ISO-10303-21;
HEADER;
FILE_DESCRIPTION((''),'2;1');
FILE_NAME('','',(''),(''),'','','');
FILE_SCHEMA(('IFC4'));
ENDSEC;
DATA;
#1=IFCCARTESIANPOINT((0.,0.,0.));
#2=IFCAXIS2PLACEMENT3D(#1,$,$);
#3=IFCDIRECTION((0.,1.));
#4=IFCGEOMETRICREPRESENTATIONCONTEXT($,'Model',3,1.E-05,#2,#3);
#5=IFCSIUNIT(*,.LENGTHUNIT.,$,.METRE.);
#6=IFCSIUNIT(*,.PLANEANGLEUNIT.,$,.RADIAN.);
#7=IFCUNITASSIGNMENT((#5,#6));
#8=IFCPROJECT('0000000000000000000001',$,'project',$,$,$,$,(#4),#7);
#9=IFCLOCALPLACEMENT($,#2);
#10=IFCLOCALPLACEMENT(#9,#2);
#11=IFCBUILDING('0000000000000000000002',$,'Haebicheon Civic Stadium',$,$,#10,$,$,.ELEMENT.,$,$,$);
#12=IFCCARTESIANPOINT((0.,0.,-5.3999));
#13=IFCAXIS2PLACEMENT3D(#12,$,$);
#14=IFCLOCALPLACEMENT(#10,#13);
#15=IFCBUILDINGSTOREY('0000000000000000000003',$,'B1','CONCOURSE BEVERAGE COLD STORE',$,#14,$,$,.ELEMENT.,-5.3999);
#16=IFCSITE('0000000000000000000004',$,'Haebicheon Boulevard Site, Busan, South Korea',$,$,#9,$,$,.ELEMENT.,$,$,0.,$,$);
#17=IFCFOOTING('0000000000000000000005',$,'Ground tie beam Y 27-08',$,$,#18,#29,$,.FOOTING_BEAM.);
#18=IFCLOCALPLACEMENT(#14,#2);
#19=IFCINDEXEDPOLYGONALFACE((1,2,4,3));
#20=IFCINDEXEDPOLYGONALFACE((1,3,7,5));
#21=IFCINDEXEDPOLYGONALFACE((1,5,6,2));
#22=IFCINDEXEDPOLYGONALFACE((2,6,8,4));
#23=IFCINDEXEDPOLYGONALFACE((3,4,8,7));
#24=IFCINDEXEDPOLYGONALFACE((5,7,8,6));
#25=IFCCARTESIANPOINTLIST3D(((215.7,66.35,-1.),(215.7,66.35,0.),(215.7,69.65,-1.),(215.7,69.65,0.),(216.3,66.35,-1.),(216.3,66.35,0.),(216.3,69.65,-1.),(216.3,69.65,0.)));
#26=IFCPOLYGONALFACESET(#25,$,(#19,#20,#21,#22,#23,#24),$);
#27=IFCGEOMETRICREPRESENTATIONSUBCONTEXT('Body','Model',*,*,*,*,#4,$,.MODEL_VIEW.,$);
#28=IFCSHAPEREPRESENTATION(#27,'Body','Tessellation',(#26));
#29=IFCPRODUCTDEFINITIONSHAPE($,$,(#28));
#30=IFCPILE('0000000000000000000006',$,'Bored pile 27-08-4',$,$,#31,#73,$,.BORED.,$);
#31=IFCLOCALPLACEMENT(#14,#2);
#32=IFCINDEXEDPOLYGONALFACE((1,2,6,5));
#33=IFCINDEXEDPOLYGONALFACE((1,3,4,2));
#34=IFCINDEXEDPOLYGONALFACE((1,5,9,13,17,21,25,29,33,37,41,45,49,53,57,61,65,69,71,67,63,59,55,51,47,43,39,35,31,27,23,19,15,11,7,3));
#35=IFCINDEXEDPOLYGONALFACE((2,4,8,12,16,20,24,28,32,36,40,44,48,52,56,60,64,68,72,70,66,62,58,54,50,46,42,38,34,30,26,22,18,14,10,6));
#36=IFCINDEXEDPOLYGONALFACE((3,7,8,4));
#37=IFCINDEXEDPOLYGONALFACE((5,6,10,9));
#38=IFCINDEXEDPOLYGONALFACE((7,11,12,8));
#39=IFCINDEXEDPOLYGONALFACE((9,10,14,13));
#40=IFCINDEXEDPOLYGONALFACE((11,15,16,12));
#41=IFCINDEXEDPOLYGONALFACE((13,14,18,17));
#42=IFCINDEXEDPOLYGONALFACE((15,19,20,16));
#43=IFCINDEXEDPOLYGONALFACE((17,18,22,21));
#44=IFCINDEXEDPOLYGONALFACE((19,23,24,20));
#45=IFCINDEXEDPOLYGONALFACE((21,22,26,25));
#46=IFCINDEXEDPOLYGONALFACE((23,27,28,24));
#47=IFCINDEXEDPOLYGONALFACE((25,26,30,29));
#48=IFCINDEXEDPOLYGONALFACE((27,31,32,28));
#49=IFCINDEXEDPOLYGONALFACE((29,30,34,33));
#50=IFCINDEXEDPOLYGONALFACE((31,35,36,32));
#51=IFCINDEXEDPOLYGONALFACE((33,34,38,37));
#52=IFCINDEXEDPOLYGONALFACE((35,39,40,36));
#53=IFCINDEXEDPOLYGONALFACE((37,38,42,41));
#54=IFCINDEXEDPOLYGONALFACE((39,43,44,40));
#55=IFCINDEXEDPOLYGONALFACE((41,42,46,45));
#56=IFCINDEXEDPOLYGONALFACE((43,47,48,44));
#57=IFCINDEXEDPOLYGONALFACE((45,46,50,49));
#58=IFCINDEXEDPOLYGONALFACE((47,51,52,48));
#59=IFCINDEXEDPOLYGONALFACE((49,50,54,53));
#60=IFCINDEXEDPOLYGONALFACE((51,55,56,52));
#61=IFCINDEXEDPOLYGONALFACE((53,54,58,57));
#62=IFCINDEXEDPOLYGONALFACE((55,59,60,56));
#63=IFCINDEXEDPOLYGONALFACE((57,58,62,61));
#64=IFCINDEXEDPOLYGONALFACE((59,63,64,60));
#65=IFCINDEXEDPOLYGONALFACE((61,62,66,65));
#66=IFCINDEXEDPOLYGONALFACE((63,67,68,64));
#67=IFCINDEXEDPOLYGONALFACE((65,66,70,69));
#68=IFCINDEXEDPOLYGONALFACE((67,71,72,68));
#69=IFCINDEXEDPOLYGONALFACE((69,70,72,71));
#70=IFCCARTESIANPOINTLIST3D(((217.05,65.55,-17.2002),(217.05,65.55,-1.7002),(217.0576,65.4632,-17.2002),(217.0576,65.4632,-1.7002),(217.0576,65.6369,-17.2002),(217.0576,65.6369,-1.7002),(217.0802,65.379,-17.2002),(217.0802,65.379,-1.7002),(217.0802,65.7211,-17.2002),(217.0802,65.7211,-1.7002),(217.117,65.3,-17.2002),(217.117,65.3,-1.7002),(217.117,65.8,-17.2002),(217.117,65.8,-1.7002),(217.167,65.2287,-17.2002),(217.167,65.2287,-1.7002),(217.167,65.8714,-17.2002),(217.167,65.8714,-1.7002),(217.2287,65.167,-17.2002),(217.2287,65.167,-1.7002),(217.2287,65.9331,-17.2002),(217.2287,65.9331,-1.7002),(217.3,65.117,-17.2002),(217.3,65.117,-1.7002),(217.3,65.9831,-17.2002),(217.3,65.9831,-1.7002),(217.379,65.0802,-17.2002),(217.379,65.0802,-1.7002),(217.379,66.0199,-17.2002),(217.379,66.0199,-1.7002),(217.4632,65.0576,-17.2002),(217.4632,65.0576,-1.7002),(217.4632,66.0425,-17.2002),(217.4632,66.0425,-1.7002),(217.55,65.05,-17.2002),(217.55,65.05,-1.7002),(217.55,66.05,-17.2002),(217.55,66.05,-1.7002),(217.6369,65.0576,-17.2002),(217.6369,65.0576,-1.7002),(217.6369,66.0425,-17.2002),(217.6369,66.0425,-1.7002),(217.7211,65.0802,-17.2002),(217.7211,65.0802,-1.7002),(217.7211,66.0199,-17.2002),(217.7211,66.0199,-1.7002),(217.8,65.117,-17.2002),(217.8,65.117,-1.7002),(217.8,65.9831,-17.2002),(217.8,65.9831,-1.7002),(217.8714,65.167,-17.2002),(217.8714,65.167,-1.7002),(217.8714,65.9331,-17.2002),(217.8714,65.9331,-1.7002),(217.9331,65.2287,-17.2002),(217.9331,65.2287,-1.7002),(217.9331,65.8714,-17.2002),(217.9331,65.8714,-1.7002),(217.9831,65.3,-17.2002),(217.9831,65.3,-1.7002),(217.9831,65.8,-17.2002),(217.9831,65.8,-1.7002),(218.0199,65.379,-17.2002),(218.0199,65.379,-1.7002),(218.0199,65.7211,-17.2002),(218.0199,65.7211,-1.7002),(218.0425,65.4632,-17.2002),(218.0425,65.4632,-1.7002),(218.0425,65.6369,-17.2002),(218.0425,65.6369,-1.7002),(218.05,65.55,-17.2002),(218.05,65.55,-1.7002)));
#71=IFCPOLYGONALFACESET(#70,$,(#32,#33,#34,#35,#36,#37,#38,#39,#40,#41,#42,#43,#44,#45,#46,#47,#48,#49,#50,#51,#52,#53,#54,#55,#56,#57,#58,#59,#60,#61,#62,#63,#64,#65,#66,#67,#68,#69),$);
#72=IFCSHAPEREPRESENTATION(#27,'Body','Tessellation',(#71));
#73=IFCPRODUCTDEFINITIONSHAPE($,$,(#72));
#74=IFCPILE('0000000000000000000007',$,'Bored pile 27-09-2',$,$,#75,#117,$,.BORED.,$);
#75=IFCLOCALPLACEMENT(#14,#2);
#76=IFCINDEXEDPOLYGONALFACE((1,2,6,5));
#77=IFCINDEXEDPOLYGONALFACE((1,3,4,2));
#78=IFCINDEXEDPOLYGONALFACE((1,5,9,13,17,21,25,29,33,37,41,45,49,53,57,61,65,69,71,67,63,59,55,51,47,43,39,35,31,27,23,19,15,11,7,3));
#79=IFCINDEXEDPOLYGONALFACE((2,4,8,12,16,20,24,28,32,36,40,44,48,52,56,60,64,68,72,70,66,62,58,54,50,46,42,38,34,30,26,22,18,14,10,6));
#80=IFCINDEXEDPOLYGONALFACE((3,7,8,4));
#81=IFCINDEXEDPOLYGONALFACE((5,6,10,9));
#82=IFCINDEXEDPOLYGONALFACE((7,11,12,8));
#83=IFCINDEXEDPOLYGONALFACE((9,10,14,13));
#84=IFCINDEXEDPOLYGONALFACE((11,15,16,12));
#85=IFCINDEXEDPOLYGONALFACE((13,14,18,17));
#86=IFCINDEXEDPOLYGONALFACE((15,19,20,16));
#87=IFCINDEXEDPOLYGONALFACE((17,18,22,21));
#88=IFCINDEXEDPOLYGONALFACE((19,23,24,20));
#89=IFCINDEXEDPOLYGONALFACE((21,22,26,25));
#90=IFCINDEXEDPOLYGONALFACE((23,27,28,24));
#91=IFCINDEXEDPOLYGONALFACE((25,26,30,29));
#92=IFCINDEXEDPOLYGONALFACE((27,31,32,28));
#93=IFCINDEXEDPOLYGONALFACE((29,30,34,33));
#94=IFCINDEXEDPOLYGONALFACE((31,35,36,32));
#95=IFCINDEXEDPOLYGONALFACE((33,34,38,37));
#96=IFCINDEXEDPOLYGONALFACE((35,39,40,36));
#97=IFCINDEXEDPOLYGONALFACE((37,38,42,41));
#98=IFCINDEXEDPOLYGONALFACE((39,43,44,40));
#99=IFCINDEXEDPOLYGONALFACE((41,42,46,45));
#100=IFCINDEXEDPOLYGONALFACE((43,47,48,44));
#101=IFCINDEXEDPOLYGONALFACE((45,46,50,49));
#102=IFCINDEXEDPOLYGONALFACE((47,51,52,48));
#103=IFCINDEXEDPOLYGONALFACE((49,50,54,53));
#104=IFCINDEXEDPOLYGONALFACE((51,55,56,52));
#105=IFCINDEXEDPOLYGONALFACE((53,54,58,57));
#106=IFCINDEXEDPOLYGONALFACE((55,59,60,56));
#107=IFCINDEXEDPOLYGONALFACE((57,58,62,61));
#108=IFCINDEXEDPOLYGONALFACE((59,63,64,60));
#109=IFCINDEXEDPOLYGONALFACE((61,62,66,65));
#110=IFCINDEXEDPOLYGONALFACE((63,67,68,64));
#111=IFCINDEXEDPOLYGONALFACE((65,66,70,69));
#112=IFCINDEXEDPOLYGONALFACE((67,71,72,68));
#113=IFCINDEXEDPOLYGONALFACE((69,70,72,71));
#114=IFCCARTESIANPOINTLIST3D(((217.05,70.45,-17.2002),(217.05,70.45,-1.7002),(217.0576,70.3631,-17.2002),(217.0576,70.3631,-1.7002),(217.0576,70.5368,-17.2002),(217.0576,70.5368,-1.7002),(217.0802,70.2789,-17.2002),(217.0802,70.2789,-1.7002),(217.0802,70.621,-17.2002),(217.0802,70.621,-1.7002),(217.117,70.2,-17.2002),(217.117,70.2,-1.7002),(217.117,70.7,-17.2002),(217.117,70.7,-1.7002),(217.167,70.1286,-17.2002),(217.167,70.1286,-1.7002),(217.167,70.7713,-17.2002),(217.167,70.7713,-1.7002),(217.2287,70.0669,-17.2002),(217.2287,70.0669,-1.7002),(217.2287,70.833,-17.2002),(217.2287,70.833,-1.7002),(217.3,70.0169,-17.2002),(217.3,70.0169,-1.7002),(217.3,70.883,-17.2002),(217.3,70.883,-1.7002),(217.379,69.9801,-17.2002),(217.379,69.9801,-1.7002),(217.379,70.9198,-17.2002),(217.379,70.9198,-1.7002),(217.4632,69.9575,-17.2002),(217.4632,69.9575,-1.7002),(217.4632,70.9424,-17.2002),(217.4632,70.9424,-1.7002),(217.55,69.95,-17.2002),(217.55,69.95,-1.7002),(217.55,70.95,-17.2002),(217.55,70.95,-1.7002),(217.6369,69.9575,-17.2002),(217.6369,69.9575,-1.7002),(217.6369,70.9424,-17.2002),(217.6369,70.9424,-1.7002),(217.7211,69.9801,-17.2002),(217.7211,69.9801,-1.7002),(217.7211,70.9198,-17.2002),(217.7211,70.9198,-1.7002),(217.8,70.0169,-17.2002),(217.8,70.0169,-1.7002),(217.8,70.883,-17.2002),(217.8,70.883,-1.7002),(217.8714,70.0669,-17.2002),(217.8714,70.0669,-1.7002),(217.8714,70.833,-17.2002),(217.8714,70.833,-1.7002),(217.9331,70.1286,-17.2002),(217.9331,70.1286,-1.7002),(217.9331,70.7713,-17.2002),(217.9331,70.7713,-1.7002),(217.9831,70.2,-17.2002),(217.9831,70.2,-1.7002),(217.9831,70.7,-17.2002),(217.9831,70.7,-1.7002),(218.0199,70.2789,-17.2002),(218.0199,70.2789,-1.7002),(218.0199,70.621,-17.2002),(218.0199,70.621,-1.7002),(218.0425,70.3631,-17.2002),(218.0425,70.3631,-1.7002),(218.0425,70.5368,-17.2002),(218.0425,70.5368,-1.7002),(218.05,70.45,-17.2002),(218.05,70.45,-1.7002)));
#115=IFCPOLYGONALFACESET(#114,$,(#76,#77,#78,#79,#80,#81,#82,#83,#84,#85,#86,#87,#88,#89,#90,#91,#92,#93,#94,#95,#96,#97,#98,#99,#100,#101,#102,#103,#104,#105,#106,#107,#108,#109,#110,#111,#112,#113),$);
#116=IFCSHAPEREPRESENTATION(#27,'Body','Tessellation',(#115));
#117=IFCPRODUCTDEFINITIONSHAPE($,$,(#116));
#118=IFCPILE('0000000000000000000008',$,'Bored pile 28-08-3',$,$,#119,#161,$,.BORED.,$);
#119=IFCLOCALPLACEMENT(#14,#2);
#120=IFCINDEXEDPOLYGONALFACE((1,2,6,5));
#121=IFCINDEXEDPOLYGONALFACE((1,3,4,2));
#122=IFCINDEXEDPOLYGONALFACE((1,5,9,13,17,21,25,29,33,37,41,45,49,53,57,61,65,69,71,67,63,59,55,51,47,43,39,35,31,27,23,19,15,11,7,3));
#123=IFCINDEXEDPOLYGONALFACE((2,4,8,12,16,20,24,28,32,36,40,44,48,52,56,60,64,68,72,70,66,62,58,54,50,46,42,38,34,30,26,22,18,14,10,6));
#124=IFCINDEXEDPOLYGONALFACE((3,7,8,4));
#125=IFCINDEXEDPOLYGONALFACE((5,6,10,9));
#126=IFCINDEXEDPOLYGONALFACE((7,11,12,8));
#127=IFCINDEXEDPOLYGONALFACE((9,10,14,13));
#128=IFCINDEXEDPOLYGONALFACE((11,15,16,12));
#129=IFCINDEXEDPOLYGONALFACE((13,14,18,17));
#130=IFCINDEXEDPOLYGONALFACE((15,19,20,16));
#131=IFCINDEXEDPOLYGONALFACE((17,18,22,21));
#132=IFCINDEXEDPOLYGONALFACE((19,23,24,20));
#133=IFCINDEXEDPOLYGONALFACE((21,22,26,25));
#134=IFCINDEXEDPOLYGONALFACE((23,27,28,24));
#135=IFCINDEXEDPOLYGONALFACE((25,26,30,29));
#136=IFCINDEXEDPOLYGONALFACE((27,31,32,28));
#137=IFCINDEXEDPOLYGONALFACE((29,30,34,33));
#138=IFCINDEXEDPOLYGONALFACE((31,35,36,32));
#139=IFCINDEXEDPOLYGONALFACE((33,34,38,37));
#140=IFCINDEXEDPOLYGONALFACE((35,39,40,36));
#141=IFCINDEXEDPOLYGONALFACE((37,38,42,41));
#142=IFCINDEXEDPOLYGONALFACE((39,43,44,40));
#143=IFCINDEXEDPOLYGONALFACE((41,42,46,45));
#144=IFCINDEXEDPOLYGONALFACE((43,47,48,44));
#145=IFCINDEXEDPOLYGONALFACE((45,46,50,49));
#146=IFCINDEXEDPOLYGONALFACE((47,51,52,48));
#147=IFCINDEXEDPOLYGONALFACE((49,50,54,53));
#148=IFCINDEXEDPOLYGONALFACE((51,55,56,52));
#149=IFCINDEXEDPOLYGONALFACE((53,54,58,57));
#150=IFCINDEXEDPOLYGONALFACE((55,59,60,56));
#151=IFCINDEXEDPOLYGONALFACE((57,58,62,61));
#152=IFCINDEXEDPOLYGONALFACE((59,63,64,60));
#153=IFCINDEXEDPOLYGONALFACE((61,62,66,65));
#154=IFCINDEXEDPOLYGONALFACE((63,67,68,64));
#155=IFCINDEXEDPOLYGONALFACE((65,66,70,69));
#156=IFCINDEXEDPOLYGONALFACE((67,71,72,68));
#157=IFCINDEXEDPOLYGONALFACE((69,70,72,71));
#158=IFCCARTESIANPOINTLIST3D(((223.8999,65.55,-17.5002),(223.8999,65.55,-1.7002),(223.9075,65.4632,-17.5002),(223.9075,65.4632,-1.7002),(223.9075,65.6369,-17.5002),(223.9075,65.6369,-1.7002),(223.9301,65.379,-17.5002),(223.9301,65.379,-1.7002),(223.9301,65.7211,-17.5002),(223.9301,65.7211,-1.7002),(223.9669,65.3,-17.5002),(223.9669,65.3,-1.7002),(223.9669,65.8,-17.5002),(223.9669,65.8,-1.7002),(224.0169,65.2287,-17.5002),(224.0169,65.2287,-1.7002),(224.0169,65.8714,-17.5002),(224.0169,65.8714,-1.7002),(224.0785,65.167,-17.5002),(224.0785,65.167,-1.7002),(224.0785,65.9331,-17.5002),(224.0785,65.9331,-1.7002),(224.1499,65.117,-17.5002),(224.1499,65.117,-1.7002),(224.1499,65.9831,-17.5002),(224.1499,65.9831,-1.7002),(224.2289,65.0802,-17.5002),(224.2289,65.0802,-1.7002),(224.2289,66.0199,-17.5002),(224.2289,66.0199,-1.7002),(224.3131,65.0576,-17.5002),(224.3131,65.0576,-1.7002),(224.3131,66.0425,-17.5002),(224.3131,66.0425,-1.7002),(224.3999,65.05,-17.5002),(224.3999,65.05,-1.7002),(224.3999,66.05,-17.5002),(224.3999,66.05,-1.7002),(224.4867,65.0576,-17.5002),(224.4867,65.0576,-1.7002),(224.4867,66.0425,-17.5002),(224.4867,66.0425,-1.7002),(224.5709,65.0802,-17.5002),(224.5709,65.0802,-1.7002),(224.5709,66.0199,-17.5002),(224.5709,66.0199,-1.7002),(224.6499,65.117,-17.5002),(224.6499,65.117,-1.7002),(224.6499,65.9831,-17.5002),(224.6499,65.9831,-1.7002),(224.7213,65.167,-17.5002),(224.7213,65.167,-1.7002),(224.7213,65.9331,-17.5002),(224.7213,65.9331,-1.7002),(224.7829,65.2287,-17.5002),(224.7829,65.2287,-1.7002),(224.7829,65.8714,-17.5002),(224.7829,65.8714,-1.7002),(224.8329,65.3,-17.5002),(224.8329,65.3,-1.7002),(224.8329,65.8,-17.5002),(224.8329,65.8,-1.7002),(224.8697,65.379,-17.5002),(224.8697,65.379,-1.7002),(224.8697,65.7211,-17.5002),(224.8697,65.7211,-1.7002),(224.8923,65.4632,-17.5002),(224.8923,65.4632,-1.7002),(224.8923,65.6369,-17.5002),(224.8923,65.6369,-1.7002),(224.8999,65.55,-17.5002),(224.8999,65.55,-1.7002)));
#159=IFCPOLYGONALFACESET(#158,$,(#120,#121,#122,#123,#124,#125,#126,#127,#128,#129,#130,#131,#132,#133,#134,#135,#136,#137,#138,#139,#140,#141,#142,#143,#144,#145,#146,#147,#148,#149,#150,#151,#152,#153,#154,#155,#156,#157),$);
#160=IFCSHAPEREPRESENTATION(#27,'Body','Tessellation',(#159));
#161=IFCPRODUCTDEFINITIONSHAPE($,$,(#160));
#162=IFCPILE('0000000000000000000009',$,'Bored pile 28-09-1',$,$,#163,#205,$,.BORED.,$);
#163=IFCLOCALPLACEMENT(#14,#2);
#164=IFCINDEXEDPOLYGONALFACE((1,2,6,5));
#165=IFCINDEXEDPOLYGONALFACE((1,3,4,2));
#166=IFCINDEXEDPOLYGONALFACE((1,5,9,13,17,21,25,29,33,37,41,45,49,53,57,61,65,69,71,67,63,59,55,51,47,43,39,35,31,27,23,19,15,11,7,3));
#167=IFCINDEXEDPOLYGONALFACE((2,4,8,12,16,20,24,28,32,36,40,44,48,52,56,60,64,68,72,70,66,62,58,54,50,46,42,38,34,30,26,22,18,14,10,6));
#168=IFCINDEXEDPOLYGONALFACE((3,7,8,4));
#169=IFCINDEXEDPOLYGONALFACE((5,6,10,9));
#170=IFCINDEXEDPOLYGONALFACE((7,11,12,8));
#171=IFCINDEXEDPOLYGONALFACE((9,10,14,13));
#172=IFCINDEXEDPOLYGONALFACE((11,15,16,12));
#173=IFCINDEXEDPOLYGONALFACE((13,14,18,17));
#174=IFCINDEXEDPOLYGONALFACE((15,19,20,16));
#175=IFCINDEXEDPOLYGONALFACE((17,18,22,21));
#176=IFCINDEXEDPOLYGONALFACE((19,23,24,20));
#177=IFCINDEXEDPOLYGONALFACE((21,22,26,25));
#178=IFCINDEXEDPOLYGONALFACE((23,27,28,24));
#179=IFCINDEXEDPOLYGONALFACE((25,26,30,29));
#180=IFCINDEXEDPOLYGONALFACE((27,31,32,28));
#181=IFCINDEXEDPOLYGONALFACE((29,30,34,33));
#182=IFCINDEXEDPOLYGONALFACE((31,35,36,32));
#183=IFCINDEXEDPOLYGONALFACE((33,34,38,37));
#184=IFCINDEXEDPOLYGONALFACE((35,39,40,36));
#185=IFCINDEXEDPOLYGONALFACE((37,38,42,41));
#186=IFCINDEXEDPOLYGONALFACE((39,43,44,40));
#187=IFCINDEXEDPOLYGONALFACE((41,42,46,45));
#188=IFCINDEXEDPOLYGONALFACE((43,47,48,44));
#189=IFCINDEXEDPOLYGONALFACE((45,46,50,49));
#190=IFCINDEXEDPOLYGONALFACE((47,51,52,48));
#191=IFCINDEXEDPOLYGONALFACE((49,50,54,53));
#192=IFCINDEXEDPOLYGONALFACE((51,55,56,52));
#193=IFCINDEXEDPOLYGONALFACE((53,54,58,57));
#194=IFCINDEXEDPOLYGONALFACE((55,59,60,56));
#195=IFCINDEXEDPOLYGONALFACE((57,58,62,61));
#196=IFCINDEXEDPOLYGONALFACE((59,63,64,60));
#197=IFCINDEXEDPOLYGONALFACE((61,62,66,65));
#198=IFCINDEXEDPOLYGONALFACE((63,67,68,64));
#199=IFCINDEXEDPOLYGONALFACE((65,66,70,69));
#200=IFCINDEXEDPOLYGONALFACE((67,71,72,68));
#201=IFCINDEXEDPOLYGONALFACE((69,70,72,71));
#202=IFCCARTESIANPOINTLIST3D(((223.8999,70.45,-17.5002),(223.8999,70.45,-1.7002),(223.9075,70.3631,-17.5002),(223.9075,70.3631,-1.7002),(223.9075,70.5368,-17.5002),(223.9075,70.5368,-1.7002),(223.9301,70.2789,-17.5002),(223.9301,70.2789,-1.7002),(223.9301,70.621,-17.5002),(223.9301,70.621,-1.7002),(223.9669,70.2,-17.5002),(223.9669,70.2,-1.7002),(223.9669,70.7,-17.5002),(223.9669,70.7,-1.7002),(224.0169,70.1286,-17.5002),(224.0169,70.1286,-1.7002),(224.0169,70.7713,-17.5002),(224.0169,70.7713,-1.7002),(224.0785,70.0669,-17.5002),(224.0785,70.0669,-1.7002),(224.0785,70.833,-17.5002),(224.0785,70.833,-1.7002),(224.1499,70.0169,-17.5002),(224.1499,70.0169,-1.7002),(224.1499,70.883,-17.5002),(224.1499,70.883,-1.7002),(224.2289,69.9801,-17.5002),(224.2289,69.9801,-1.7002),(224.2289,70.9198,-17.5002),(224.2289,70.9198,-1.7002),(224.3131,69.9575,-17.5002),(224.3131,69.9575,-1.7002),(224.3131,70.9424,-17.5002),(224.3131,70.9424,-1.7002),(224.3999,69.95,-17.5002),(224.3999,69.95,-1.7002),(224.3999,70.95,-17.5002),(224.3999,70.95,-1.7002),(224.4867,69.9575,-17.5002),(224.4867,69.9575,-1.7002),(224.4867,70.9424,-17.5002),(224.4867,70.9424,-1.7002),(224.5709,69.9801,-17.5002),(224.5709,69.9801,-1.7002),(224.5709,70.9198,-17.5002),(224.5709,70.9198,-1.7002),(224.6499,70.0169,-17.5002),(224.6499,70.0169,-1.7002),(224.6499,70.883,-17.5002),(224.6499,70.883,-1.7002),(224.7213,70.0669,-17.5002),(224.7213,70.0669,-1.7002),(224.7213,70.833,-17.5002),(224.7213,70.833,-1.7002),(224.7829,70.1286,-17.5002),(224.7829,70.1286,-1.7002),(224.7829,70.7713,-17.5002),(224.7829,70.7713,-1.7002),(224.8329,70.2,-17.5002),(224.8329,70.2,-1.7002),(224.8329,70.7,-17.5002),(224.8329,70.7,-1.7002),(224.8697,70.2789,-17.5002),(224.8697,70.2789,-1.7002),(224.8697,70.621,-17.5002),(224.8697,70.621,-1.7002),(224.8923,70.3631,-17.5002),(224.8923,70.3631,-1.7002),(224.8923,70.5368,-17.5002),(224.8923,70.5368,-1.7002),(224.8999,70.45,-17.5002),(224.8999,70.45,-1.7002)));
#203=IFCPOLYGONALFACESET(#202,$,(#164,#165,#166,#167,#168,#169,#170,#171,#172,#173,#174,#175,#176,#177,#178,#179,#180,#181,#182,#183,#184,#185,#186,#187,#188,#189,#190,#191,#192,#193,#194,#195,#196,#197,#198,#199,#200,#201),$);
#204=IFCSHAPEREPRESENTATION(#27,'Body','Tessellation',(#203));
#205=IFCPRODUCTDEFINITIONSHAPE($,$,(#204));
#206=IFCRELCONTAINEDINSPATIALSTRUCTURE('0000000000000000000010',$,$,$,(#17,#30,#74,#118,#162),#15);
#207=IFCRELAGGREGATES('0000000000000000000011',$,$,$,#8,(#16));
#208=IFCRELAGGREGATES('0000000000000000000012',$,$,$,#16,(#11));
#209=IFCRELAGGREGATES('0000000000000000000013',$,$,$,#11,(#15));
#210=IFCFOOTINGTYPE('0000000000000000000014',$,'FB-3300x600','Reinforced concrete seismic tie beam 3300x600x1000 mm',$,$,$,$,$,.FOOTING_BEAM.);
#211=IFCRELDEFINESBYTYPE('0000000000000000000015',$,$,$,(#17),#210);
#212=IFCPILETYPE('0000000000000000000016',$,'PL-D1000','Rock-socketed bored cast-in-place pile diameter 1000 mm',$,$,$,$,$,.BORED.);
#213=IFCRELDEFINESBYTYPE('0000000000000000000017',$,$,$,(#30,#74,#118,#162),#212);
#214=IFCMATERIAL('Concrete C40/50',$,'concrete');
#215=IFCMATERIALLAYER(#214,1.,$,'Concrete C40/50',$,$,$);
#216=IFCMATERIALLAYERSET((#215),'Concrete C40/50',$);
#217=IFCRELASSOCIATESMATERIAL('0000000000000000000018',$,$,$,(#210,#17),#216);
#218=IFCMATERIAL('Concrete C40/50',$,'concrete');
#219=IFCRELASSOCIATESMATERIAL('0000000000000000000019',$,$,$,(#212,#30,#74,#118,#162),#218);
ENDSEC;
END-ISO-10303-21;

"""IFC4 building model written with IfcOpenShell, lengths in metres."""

from ifc_helpers import new_model, si_unit, direction, frame, origin, origin_2d, place, context, subcontext, project, spatial, rectangle, circle, extrude, material, layer, layer_set, material_profile, profile_set, type_object, element, save


model = new_model("IFC4")

# Units and contexts
model_context = context("Model", 3, precision=1e-05, world=origin(), true_north=direction((0.0, 1.0)))
body_context = subcontext(model_context, "Body", "Model", "MODEL_VIEW")
ifc_project = project(units=[si_unit("LENGTHUNIT", "METRE"), si_unit("PLANEANGLEUNIT", "RADIAN")], contexts=[model_context])

# Site, building, storey
site_placement = place(None, origin())
site = spatial("IfcSite", under=ifc_project, at=site_placement, Name="Haebicheon Boulevard Site, Busan, South Korea", CompositionType="ELEMENT", RefElevation=0.0)
building_placement = place(site_placement, origin())
building = spatial("IfcBuilding", under=site, at=building_placement, Name="Haebicheon Civic Stadium", CompositionType="ELEMENT")
storey_placement = place(building_placement, frame((0.0, 0.0, -5.3999)))
storey = spatial("IfcBuildingStorey", under=building, at=storey_placement, Name="B1", Description="CONCOURSE BEVERAGE COLD STORE", CompositionType="ELEMENT", Elevation=-5.3999)

# Footing
ifc_material_1 = material(Name="Concrete C40/50", Category="concrete")
ifc_layer_1 = layer(ifc_material_1, 1.0, Name="Concrete C40/50")
ifc_layer_set_1 = layer_set([ifc_layer_1], Name="Concrete C40/50")
footing_type = type_object("IfcFootingType", Name="FB-3300x600", Description="Reinforced concrete seismic tie beam 3300x600x1000 mm", PredefinedType="FOOTING_BEAM", material=ifc_layer_set_1)
footing_placement = place(storey_placement, frame((216.0, 68.0, -1.0), z_axis=(0.0, 0.0, 1.0), x_axis=(0.0, 1.0, 0.0)))
element("IfcFooting", 1, at=footing_placement, inside=storey, type_object=footing_type, material=ifc_layer_set_1, Name="Ground tie beam Y 27-08", PredefinedType="FOOTING_BEAM", context=body_context, shape_type="SweptSolid", body=[
    extrude(rectangle(XDim=3.3, YDim=0.6001, at=origin_2d()), origin(), (0.0, 0.0, 1.0), 1.0),
])

# Piles
ifc_material_2 = material(Name="Concrete C40/50", Category="concrete")
ifc_material_profile_1 = material_profile(ifc_material_2, circle(Radius=0.5, at=origin_2d()), Name="PILE-D1000")
ifc_profile_set_1 = profile_set([ifc_material_profile_1], Name="Concrete C40/50")
pile_type = type_object("IfcPileType", Name="PL-D1000", Description="Rock-socketed bored cast-in-place pile diameter 1000 mm", PredefinedType="BORED", material=ifc_profile_set_1)
for number, where, z_axis, x_axis, name in (
    (2, (217.55, 65.55, -1.7002), (0.0, 0.0, -1.0), (1.0, 0.0, 0.0), "Bored pile 27-08-4"),
    (3, (217.55, 70.45, -1.7002), (0.0, 0.0, -1.0), (1.0, 0.0, 0.0), "Bored pile 27-09-2"),
):
    element("IfcPile", number, at=place(storey_placement, frame(where, z_axis=z_axis, x_axis=x_axis)), inside=storey, type_object=pile_type, material=ifc_profile_set_1, Name=name, PredefinedType="BORED", context=body_context, shape_type="SweptSolid", body=[
        extrude(circle(Radius=0.5, at=origin_2d()), origin(), (0.0, 0.0, 1.0), 15.5),
    ])
for number, where, z_axis, x_axis, name in (
    (4, (224.3999, 65.55, -1.7002), (0.0, 0.0, -1.0), (1.0, 0.0, 0.0), "Bored pile 28-08-3"),
    (5, (224.3999, 70.45, -1.7002), (0.0, 0.0, -1.0), (1.0, 0.0, 0.0), "Bored pile 28-09-1"),
):
    element("IfcPile", number, at=place(storey_placement, frame(where, z_axis=z_axis, x_axis=x_axis)), inside=storey, type_object=pile_type, material=ifc_profile_set_1, Name=name, PredefinedType="BORED", context=body_context, shape_type="SweptSolid", body=[
        extrude(circle(Radius=0.5, at=origin_2d()), origin(), (0.0, 0.0, 1.0), 15.8),
    ])

save(model, "model.ifc")
